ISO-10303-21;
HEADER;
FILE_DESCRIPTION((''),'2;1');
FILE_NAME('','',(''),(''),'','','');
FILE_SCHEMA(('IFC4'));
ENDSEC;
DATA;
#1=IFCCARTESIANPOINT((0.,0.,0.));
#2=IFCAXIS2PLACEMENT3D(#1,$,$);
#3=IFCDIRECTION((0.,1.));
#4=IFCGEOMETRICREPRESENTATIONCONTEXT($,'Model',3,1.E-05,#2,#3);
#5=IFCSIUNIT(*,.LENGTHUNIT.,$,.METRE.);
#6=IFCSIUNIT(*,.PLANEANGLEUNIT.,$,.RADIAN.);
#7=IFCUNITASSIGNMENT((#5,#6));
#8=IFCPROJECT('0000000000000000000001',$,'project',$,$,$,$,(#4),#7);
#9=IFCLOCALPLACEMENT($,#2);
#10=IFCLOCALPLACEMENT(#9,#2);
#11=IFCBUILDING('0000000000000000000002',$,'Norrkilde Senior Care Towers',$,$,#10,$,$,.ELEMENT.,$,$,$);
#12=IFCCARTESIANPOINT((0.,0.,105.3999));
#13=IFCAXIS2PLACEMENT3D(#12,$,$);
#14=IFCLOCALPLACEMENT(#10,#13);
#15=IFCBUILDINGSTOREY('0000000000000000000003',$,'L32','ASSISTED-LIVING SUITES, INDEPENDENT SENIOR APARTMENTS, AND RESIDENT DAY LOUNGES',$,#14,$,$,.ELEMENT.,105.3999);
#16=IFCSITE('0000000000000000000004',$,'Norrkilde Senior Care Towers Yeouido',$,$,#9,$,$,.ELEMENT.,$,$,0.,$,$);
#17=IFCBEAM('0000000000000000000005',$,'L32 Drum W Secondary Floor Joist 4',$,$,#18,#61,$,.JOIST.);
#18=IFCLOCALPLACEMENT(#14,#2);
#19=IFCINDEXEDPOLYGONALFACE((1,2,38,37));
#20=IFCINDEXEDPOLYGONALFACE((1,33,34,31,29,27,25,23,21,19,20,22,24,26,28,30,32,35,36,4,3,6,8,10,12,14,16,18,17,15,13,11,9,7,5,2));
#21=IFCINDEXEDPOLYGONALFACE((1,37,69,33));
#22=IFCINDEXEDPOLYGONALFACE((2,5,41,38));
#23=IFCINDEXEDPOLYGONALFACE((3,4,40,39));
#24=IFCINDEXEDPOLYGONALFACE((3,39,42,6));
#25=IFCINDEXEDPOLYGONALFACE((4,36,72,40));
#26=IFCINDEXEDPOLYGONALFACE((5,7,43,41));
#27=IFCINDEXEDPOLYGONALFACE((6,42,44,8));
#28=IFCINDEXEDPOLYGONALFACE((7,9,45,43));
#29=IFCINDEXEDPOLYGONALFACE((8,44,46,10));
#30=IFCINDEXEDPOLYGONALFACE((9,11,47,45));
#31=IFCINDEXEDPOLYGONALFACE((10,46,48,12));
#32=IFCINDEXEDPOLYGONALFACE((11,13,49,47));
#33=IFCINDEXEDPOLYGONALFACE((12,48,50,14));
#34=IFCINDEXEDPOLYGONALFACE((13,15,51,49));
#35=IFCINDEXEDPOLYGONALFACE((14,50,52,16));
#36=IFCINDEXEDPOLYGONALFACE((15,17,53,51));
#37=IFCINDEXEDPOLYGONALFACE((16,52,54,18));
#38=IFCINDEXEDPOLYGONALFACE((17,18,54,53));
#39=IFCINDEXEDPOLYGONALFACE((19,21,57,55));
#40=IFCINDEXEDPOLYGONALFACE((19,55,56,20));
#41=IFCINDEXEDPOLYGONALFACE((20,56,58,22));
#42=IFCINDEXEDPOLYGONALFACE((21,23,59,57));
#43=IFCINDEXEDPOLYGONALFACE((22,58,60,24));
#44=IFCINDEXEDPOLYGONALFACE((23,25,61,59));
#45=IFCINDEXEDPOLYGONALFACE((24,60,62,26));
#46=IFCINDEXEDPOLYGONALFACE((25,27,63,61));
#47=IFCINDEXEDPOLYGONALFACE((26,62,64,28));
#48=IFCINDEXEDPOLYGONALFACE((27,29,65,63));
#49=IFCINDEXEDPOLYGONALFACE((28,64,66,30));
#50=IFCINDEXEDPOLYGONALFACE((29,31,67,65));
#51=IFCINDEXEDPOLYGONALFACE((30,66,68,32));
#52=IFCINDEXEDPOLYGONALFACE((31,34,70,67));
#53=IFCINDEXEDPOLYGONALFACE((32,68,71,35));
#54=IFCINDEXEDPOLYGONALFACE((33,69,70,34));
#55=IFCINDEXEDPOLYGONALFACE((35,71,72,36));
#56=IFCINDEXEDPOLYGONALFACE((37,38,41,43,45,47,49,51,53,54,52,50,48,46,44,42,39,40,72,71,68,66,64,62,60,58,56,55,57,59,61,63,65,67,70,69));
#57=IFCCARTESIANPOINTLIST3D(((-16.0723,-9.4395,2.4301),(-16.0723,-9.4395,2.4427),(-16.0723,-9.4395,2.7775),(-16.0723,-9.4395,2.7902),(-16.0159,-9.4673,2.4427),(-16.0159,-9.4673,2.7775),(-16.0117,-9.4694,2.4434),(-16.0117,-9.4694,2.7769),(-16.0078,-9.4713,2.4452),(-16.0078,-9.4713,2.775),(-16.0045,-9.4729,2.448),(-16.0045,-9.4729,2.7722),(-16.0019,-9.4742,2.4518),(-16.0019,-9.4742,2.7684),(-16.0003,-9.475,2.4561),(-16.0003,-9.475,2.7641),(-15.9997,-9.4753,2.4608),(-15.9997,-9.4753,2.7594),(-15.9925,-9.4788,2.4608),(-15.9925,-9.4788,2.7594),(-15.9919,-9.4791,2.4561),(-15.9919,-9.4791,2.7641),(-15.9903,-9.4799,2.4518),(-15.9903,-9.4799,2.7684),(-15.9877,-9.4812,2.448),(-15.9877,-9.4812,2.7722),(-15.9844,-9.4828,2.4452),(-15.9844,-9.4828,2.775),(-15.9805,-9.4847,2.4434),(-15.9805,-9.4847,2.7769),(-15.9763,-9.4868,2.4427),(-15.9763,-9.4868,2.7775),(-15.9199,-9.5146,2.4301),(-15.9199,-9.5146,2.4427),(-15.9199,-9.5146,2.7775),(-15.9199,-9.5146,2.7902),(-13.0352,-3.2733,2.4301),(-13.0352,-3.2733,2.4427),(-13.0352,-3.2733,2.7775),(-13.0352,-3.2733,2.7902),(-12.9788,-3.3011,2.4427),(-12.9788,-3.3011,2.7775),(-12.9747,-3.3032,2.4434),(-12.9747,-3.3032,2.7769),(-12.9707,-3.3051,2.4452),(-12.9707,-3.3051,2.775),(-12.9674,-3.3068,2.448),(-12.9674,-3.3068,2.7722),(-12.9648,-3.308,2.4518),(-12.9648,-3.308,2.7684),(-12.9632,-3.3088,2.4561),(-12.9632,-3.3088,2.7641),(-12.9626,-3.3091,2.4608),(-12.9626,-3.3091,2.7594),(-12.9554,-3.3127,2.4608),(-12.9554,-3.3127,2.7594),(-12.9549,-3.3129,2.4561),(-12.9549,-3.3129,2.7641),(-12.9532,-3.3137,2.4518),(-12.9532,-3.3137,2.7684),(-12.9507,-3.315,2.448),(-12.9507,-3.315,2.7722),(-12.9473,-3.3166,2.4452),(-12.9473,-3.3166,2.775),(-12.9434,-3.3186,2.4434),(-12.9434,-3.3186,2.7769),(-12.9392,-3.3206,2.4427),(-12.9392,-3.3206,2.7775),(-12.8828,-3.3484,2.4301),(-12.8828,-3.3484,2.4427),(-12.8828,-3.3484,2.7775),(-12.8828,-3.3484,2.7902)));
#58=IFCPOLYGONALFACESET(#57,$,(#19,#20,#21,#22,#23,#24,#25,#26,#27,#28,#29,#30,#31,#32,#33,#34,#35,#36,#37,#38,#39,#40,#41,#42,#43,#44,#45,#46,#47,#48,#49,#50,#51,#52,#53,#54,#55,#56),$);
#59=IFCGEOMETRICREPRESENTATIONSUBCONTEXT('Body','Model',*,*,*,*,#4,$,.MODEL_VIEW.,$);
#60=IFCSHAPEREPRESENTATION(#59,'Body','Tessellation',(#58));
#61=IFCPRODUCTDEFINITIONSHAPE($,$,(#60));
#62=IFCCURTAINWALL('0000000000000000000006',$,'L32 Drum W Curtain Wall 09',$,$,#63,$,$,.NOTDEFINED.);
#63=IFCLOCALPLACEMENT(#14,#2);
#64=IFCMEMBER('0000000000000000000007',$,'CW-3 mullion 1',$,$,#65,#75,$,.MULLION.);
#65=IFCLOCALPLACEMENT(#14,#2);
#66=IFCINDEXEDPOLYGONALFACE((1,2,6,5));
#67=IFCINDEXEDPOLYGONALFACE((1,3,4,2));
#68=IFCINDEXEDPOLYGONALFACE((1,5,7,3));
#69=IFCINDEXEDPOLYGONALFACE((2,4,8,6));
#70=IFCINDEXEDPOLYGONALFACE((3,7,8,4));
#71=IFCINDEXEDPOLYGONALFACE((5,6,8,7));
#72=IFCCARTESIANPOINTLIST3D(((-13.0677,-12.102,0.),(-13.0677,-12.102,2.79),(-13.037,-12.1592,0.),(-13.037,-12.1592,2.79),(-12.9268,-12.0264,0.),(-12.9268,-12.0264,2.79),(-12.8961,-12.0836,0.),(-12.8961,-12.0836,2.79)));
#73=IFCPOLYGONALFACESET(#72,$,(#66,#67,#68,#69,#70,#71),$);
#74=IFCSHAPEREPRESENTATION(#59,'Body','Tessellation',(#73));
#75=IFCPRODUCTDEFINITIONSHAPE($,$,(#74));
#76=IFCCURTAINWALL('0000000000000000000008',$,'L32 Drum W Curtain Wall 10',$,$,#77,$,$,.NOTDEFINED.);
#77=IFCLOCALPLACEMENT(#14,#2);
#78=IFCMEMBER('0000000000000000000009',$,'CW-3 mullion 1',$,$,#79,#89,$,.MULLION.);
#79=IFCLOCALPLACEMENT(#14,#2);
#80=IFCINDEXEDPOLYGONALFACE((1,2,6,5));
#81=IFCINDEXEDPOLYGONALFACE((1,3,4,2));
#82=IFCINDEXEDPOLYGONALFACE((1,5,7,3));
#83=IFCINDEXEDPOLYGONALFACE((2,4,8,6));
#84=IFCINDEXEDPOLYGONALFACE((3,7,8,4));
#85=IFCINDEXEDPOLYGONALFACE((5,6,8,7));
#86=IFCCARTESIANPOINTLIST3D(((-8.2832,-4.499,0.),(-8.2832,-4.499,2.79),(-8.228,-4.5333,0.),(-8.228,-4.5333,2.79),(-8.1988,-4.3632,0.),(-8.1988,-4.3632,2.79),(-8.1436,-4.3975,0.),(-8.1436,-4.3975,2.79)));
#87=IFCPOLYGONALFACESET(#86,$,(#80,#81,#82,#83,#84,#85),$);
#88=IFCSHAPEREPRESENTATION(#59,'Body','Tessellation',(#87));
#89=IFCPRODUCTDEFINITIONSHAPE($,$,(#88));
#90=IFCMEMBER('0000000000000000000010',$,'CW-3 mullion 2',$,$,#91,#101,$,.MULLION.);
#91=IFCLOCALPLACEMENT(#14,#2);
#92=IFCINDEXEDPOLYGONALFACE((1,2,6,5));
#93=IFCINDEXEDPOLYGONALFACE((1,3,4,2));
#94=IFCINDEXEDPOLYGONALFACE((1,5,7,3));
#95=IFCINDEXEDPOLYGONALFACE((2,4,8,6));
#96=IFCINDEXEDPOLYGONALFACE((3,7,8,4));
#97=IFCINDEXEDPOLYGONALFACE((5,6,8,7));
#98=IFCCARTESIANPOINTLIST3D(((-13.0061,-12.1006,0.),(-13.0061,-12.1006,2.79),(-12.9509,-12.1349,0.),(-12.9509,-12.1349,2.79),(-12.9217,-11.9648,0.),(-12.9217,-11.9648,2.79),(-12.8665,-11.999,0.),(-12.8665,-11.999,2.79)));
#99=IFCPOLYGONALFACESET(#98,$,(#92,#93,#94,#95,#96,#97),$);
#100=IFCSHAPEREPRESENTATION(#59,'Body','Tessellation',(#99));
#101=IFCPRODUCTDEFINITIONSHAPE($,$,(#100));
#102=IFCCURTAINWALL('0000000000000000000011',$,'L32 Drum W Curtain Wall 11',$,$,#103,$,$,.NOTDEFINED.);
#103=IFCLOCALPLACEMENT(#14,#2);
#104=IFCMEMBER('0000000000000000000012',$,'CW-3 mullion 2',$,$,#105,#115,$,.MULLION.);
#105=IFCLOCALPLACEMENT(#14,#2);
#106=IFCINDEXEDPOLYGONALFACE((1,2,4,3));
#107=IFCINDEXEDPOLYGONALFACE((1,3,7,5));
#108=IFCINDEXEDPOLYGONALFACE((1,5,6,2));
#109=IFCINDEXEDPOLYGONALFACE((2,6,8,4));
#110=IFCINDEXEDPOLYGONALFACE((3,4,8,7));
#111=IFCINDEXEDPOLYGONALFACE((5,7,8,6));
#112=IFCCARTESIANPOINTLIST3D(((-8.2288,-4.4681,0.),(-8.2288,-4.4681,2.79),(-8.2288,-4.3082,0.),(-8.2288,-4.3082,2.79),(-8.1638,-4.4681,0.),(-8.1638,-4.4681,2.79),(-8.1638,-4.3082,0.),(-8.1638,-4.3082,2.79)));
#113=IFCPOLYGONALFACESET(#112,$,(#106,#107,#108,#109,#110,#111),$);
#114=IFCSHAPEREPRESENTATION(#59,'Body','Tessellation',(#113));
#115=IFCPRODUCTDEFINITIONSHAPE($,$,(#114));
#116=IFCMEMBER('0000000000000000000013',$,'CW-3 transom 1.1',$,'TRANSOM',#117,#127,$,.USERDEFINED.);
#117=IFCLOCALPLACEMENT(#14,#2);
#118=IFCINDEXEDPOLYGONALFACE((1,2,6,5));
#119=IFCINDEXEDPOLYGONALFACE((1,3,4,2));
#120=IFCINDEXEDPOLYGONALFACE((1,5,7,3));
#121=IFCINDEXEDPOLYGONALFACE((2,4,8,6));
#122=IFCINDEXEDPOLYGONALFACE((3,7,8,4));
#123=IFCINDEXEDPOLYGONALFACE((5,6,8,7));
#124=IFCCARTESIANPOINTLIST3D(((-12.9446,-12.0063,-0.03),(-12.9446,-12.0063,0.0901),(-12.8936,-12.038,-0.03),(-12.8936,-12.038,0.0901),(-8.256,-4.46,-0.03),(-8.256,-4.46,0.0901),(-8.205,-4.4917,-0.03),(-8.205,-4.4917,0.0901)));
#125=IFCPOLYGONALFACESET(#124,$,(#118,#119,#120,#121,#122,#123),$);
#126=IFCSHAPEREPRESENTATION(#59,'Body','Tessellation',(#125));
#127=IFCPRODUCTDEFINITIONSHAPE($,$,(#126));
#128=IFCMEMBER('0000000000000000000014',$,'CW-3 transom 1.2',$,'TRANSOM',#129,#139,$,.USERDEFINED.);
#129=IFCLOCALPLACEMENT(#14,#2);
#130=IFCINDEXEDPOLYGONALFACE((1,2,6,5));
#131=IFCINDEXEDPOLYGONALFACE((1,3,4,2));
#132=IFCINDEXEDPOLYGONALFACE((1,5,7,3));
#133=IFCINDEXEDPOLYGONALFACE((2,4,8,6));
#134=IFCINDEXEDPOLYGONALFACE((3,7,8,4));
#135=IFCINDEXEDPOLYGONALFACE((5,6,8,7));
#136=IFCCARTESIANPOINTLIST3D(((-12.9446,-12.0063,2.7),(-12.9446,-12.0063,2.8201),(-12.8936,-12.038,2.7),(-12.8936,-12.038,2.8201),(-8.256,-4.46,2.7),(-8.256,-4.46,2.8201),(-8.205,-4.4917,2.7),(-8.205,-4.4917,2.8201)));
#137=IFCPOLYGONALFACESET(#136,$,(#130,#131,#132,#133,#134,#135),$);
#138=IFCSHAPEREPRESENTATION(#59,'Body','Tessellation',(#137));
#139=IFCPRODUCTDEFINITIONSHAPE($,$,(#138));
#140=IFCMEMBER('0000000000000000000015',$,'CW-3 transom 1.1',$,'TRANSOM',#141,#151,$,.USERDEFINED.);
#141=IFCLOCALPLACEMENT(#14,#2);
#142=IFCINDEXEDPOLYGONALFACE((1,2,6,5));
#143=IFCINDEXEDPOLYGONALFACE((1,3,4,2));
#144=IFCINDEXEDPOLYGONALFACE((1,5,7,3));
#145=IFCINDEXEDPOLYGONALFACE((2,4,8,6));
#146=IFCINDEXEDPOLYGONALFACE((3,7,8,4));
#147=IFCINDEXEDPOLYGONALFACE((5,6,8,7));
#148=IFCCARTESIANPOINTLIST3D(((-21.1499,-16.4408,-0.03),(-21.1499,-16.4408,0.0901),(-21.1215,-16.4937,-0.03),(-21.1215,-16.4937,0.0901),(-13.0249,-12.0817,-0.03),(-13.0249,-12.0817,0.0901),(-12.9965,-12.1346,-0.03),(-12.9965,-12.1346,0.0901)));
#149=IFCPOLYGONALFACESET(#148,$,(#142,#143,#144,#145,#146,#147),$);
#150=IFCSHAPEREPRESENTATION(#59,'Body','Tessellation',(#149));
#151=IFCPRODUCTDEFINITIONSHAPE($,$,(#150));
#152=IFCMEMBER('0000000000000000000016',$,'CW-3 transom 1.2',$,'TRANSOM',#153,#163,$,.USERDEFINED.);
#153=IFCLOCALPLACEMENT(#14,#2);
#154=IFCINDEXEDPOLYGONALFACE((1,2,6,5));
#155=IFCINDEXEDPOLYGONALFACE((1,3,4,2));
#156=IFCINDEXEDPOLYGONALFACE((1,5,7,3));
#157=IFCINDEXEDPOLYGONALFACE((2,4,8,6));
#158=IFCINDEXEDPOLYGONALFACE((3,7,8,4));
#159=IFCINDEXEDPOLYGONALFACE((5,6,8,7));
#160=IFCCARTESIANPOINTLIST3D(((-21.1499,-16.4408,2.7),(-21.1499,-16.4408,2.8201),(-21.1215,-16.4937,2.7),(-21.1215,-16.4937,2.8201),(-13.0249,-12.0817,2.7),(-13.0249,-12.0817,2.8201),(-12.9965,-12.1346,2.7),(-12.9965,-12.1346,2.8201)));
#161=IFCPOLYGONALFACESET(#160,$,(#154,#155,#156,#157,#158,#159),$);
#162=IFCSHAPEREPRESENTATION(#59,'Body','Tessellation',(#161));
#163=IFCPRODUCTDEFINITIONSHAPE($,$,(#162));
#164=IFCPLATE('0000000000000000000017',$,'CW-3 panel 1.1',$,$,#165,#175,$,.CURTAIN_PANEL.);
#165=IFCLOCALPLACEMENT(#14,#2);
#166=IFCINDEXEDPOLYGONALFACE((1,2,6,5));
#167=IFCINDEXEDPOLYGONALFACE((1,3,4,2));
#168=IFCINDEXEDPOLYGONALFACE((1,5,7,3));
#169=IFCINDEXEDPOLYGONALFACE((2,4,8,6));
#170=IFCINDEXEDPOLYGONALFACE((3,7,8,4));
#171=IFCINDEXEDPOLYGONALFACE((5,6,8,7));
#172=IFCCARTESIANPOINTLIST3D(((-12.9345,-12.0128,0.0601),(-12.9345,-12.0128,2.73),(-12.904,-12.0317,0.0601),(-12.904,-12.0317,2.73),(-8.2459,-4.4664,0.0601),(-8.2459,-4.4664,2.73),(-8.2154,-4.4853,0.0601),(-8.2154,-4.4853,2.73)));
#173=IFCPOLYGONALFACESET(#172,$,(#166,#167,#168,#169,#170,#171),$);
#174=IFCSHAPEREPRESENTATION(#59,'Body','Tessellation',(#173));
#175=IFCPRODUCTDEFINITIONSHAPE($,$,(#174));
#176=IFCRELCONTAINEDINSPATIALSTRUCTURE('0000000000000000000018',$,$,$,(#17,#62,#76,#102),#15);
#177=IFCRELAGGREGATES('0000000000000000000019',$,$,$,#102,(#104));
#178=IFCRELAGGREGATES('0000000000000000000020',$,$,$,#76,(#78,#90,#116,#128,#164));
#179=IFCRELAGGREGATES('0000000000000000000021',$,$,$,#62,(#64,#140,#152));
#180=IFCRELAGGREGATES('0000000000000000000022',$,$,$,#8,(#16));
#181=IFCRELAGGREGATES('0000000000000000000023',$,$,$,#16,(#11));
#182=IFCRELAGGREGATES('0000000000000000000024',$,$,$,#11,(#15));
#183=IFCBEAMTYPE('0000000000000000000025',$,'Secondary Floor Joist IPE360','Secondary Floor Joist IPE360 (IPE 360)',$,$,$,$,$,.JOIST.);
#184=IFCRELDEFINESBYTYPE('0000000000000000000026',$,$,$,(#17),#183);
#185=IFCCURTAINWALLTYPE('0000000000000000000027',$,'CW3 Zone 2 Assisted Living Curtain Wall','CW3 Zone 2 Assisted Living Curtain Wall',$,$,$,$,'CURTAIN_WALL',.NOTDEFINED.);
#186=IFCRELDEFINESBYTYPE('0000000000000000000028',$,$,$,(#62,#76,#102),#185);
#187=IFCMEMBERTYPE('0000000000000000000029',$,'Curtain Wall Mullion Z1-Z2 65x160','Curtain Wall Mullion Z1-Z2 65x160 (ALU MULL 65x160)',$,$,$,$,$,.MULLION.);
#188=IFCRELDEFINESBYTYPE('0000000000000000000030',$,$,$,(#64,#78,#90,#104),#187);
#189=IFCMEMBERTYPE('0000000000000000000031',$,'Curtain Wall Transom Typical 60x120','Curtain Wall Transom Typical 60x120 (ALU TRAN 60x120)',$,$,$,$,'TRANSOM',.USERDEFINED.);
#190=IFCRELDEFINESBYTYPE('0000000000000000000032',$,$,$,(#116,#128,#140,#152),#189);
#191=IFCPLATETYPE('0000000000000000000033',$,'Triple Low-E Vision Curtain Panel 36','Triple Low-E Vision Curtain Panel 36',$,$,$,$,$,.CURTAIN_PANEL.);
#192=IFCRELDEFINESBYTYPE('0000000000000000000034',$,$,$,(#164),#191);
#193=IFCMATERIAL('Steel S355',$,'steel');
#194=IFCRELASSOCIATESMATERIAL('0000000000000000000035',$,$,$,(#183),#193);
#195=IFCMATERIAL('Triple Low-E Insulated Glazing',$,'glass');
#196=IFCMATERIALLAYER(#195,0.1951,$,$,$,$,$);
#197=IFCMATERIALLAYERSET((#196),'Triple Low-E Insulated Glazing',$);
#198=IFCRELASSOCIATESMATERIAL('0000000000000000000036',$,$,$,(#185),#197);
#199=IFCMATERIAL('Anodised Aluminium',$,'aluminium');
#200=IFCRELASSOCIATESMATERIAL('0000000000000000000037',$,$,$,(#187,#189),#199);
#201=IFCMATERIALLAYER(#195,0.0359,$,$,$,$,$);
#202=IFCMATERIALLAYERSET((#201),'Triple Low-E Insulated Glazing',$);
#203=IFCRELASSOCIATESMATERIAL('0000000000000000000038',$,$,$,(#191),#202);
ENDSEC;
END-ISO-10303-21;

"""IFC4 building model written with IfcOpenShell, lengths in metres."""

from ifc_helpers import new_model, si_unit, direction, frame, origin, origin_2d, place, context, subcontext, project, spatial, rectangle, i_section, extrude, source, transform, mapped, material, layer, layer_set, material_profile, profile_set, type_object, type_shapes, element, aggregate, save


model = new_model("IFC4")

# Units and contexts
model_context = context("Model", 3, precision=1e-05, world=origin(), true_north=direction((0.0, 1.0)))
body_context = subcontext(model_context, "Body", "Model", "MODEL_VIEW")
ifc_project = project(units=[si_unit("LENGTHUNIT", "METRE"), si_unit("PLANEANGLEUNIT", "RADIAN")], contexts=[model_context])

# Site, building, storey
site_placement = place(None, origin())
site = spatial("IfcSite", under=ifc_project, at=site_placement, Name="Norrkilde Senior Care Towers Yeouido", CompositionType="ELEMENT", RefElevation=0.0)
building_placement = place(site_placement, origin())
building = spatial("IfcBuilding", under=site, at=building_placement, Name="Norrkilde Senior Care Towers", CompositionType="ELEMENT")
storey_placement = place(building_placement, frame((0.0, 0.0, 105.3999)))
storey = spatial("IfcBuildingStorey", under=building, at=storey_placement, Name="L32", Description="ASSISTED-LIVING SUITES, INDEPENDENT SENIOR APARTMENTS, AND RESIDENT DAY LOUNGES", CompositionType="ELEMENT", Elevation=105.3999)

# Beam
ifc_material_1 = material(Name="Steel S355", Category="steel")
ifc_material_profile_1 = material_profile(ifc_material_1, i_section(OverallWidth=0.1699, OverallDepth=0.3601, WebThickness=0.0081, FlangeThickness=0.0127, FilletRadius=0.0181, at=origin_2d()), Name="IPE 360")
ifc_profile_set_1 = profile_set([ifc_material_profile_1], Name="Steel S355")
beam_type_1 = type_object("IfcBeamType", Name="Secondary Floor Joist IPE360", Description="Secondary Floor Joist IPE360 (IPE 360)", PredefinedType="JOIST", material=ifc_profile_set_1)
shared_shape_1 = source(origin(), body_context, "Body", "SweptSolid", [
    extrude(i_section(OverallWidth=0.1699, OverallDepth=0.3601, WebThickness=0.0081, FlangeThickness=0.0127, FilletRadius=0.0181, at=origin_2d()), origin(), (0.0, 0.0, 1.0), 6.8735),
])
type_shapes(beam_type_1, [shared_shape_1])
beam_1_placement = place(storey_placement, frame((-15.9961, -9.4771, 2.6101), z_axis=(0.441849, 0.897089, 0.0), x_axis=(-0.897089, 0.441849, 0.0)))
element("IfcBeam", 1, at=beam_1_placement, inside=storey, type_object=beam_type_1, Name="L32 Drum W Secondary Floor Joist 4", PredefinedType="JOIST", context=body_context, shape_type="MappedRepresentation", body=[
    mapped(shared_shape_1, transform((0.0, 0.0, 0.0), x_axis=(1.0, 0.0, 0.0), y_axis=(0.0, 1.0, 0.0), z_axis=(0.0, 0.0, 1.0), scale=1.0)),
])

# Curtain wall, member
ifc_material_2 = material(Name="Triple Low-E Insulated Glazing", Category="glass")
ifc_layer_1 = layer(ifc_material_2, 0.1951)
ifc_layer_set_1 = layer_set([ifc_layer_1], Name="Triple Low-E Insulated Glazing")
curtain_wall_type = type_object("IfcCurtainWallType", Name="CW3 Zone 2 Assisted Living Curtain Wall", Description="CW3 Zone 2 Assisted Living Curtain Wall", ElementType="CURTAIN_WALL", PredefinedType="NOTDEFINED", material=ifc_layer_set_1)
curtain_wall_1_placement = place(storey_placement, origin())
curtain_wall_1 = element("IfcCurtainWall", 2, at=curtain_wall_1_placement, inside=storey, type_object=curtain_wall_type, Name="L32 Drum W Curtain Wall 09", PredefinedType="NOTDEFINED")
ifc_material_3 = material(Name="Anodised Aluminium", Category="aluminium")
ifc_material_profile_2 = material_profile(ifc_material_3, rectangle(XDim=0.0649, YDim=0.1599, at=origin_2d()), Name="ALU MULL 65x160")
ifc_profile_set_2 = profile_set([ifc_material_profile_2], Name="Anodised Aluminium")
member_type_1 = type_object("IfcMemberType", Name="Curtain Wall Mullion Z1-Z2 65x160", Description="Curtain Wall Mullion Z1-Z2 65x160 (ALU MULL 65x160)", PredefinedType="MULLION", material=ifc_profile_set_2)
shared_shape_2 = source(origin(), body_context, "Body", "SweptSolid", [
    extrude(rectangle(XDim=0.0649, YDim=0.1599, at=origin_2d()), origin(), (0.0, 0.0, 1.0), 2.79),
])
type_shapes(member_type_1, [shared_shape_2])
member_1_placement = place(storey_placement, frame((-12.9819, -12.0928, 0.0), z_axis=(0.0, 0.0, 1.0), x_axis=(0.472769, -0.881186, 0.0)))
member_1 = element("IfcMember", 3, at=member_1_placement, type_object=member_type_1, Name="CW-3 mullion 1", PredefinedType="MULLION", context=body_context, shape_type="MappedRepresentation", body=[
    mapped(shared_shape_2, transform((0.0, 0.0, 0.0), x_axis=(1.0, 0.0, 0.0), y_axis=(0.0, 1.0, 0.0), z_axis=(0.0, 0.0, 1.0), scale=1.0)),
])

# Curtain wall, members
curtain_wall_2_placement = place(storey_placement, origin())
curtain_wall_2 = element("IfcCurtainWall", 4, at=curtain_wall_2_placement, inside=storey, type_object=curtain_wall_type, Name="L32 Drum W Curtain Wall 10", PredefinedType="NOTDEFINED")
member_2_placement = place(storey_placement, frame((-8.2134, -4.4482, 0.0), z_axis=(0.0, 0.0, 1.0), x_axis=(0.84941, -0.527733, 0.0)))
member_2 = element("IfcMember", 5, at=member_2_placement, type_object=member_type_1, Name="CW-3 mullion 1", PredefinedType="MULLION", context=body_context, shape_type="MappedRepresentation", body=[
    mapped(shared_shape_2, transform((0.0, 0.0, 0.0), x_axis=(1.0, 0.0, 0.0), y_axis=(0.0, 1.0, 0.0), z_axis=(0.0, 0.0, 1.0), scale=1.0)),
])
member_3_placement = place(storey_placement, frame((-12.9363, -12.0498, 0.0), z_axis=(0.0, 0.0, 1.0), x_axis=(0.84941, -0.527733, 0.0)))
member_3 = element("IfcMember", 6, at=member_3_placement, type_object=member_type_1, Name="CW-3 mullion 2", PredefinedType="MULLION", context=body_context, shape_type="MappedRepresentation", body=[
    mapped(shared_shape_2, transform((0.0, 0.0, 0.0), x_axis=(1.0, 0.0, 0.0), y_axis=(0.0, 1.0, 0.0), z_axis=(0.0, 0.0, 1.0), scale=1.0)),
])

# Curtain wall, member
curtain_wall_3_placement = place(storey_placement, origin())
curtain_wall_3 = element("IfcCurtainWall", 7, at=curtain_wall_3_placement, inside=storey, type_object=curtain_wall_type, Name="L32 Drum W Curtain Wall 11", PredefinedType="NOTDEFINED")
member_4_placement = place(storey_placement, frame((-8.1963, -4.3882, 0.0), z_axis=(0.0, 0.0, 1.0), x_axis=(1.0, 0.0, 0.0)))
member_4 = element("IfcMember", 8, at=member_4_placement, type_object=member_type_1, Name="CW-3 mullion 2", PredefinedType="MULLION", context=body_context, shape_type="MappedRepresentation", body=[
    mapped(shared_shape_2, transform((0.0, 0.0, 0.0), x_axis=(1.0, 0.0, 0.0), y_axis=(0.0, 1.0, 0.0), z_axis=(0.0, 0.0, 1.0), scale=1.0)),
])
aggregate(curtain_wall_3, [member_4])

# Members
ifc_material_profile_3 = material_profile(ifc_material_3, rectangle(XDim=0.0601, YDim=0.1201, at=origin_2d()), Name="ALU TRAN 60x120")
ifc_profile_set_3 = profile_set([ifc_material_profile_3], Name="Anodised Aluminium")
member_type_2 = type_object("IfcMemberType", Name="Curtain Wall Transom Typical 60x120", Description="Curtain Wall Transom Typical 60x120 (ALU TRAN 60x120)", ElementType="TRANSOM", PredefinedType="USERDEFINED", material=ifc_profile_set_3)
shared_shape_3 = source(origin(), body_context, "Body", "SweptSolid", [
    extrude(rectangle(XDim=0.0601, YDim=0.1201, at=origin_2d()), origin(), (0.0, 0.0, 1.0), 8.8843),
])
member_5_placement = place(storey_placement, frame((-8.2305, -4.4758, 0.03), z_axis=(-0.527749, -0.8494, 0.0), x_axis=(0.8494, -0.527749, 0.0)))
member_5 = element("IfcMember", 9, at=member_5_placement, type_object=member_type_2, Name="CW-3 transom 1.1", ObjectType="TRANSOM", PredefinedType="USERDEFINED", context=body_context, shape_type="MappedRepresentation", body=[
    mapped(shared_shape_3, transform((0.0, 0.0, 0.0), x_axis=(1.0, 0.0, 0.0), y_axis=(0.0, 1.0, 0.0), z_axis=(0.0, 0.0, 1.0), scale=1.0)),
])
member_6_placement = place(storey_placement, frame((-8.2305, -4.4758, 2.76), z_axis=(-0.527749, -0.8494, 0.0), x_axis=(0.8494, -0.527749, 0.0)))
member_6 = element("IfcMember", 10, at=member_6_placement, type_object=member_type_2, Name="CW-3 transom 1.2", ObjectType="TRANSOM", PredefinedType="USERDEFINED", context=body_context, shape_type="MappedRepresentation", body=[
    mapped(shared_shape_3, transform((0.0, 0.0, 0.0), x_axis=(1.0, 0.0, 0.0), y_axis=(0.0, 1.0, 0.0), z_axis=(0.0, 0.0, 1.0), scale=1.0)),
])
shared_shape_4 = source(origin(), body_context, "Body", "SweptSolid", [
    extrude(rectangle(XDim=0.0601, YDim=0.1201, at=origin_2d()), origin(), (0.0, 0.0, 1.0), 9.2205),
])
type_shapes(member_type_2, [shared_shape_3, shared_shape_4])
member_7_placement = place(storey_placement, frame((-13.0107, -12.1082, 0.03), z_axis=(-0.881189, -0.472765, 0.0), x_axis=(0.472765, -0.881189, 0.0)))
member_7 = element("IfcMember", 11, at=member_7_placement, type_object=member_type_2, Name="CW-3 transom 1.1", ObjectType="TRANSOM", PredefinedType="USERDEFINED", context=body_context, shape_type="MappedRepresentation", body=[
    mapped(shared_shape_4, transform((0.0, 0.0, 0.0), x_axis=(1.0, 0.0, 0.0), y_axis=(0.0, 1.0, 0.0), z_axis=(0.0, 0.0, 1.0), scale=1.0)),
])
member_8_placement = place(storey_placement, frame((-13.0107, -12.1082, 2.76), z_axis=(-0.881189, -0.472765, 0.0), x_axis=(0.472765, -0.881189, 0.0)))
member_8 = element("IfcMember", 12, at=member_8_placement, type_object=member_type_2, Name="CW-3 transom 1.2", ObjectType="TRANSOM", PredefinedType="USERDEFINED", context=body_context, shape_type="MappedRepresentation", body=[
    mapped(shared_shape_4, transform((0.0, 0.0, 0.0), x_axis=(1.0, 0.0, 0.0), y_axis=(0.0, 1.0, 0.0), z_axis=(0.0, 0.0, 1.0), scale=1.0)),
])

# Plate
ifc_layer_2 = layer(ifc_material_2, 0.0359)
ifc_layer_set_2 = layer_set([ifc_layer_2], Name="Triple Low-E Insulated Glazing")
plate_type = type_object("IfcPlateType", Name="Triple Low-E Vision Curtain Panel 36", Description="Triple Low-E Vision Curtain Panel 36", PredefinedType="CURTAIN_PANEL", material=ifc_layer_set_2)
shared_shape_5 = source(origin(), body_context, "Body", "SweptSolid", [
    extrude(rectangle(XDim=8.8843, YDim=0.0359, at=origin_2d()), origin(), (0.0, 0.0, 1.0), 2.6699),
])
plate_1_placement = place(storey_placement, frame((-10.575, -8.249, 0.0601), z_axis=(0.0, 0.0, 1.0), x_axis=(-0.527733, -0.84941, 0.0)))
plate_1 = element("IfcPlate", 13, at=plate_1_placement, type_object=plate_type, Name="CW-3 panel 1.1", PredefinedType="CURTAIN_PANEL", context=body_context, shape_type="MappedRepresentation", body=[
    mapped(shared_shape_5, transform((0.0, 0.0, 0.0), x_axis=(1.0, 0.0, 0.0), y_axis=(0.0, 1.0, 0.0), z_axis=(0.0, 0.0, 1.0), scale=1.0)),
])
aggregate(curtain_wall_2, [member_2, member_3, member_5, member_6, plate_1])
aggregate(curtain_wall_1, [member_1, member_7, member_8])

save(model, "model.ifc")
